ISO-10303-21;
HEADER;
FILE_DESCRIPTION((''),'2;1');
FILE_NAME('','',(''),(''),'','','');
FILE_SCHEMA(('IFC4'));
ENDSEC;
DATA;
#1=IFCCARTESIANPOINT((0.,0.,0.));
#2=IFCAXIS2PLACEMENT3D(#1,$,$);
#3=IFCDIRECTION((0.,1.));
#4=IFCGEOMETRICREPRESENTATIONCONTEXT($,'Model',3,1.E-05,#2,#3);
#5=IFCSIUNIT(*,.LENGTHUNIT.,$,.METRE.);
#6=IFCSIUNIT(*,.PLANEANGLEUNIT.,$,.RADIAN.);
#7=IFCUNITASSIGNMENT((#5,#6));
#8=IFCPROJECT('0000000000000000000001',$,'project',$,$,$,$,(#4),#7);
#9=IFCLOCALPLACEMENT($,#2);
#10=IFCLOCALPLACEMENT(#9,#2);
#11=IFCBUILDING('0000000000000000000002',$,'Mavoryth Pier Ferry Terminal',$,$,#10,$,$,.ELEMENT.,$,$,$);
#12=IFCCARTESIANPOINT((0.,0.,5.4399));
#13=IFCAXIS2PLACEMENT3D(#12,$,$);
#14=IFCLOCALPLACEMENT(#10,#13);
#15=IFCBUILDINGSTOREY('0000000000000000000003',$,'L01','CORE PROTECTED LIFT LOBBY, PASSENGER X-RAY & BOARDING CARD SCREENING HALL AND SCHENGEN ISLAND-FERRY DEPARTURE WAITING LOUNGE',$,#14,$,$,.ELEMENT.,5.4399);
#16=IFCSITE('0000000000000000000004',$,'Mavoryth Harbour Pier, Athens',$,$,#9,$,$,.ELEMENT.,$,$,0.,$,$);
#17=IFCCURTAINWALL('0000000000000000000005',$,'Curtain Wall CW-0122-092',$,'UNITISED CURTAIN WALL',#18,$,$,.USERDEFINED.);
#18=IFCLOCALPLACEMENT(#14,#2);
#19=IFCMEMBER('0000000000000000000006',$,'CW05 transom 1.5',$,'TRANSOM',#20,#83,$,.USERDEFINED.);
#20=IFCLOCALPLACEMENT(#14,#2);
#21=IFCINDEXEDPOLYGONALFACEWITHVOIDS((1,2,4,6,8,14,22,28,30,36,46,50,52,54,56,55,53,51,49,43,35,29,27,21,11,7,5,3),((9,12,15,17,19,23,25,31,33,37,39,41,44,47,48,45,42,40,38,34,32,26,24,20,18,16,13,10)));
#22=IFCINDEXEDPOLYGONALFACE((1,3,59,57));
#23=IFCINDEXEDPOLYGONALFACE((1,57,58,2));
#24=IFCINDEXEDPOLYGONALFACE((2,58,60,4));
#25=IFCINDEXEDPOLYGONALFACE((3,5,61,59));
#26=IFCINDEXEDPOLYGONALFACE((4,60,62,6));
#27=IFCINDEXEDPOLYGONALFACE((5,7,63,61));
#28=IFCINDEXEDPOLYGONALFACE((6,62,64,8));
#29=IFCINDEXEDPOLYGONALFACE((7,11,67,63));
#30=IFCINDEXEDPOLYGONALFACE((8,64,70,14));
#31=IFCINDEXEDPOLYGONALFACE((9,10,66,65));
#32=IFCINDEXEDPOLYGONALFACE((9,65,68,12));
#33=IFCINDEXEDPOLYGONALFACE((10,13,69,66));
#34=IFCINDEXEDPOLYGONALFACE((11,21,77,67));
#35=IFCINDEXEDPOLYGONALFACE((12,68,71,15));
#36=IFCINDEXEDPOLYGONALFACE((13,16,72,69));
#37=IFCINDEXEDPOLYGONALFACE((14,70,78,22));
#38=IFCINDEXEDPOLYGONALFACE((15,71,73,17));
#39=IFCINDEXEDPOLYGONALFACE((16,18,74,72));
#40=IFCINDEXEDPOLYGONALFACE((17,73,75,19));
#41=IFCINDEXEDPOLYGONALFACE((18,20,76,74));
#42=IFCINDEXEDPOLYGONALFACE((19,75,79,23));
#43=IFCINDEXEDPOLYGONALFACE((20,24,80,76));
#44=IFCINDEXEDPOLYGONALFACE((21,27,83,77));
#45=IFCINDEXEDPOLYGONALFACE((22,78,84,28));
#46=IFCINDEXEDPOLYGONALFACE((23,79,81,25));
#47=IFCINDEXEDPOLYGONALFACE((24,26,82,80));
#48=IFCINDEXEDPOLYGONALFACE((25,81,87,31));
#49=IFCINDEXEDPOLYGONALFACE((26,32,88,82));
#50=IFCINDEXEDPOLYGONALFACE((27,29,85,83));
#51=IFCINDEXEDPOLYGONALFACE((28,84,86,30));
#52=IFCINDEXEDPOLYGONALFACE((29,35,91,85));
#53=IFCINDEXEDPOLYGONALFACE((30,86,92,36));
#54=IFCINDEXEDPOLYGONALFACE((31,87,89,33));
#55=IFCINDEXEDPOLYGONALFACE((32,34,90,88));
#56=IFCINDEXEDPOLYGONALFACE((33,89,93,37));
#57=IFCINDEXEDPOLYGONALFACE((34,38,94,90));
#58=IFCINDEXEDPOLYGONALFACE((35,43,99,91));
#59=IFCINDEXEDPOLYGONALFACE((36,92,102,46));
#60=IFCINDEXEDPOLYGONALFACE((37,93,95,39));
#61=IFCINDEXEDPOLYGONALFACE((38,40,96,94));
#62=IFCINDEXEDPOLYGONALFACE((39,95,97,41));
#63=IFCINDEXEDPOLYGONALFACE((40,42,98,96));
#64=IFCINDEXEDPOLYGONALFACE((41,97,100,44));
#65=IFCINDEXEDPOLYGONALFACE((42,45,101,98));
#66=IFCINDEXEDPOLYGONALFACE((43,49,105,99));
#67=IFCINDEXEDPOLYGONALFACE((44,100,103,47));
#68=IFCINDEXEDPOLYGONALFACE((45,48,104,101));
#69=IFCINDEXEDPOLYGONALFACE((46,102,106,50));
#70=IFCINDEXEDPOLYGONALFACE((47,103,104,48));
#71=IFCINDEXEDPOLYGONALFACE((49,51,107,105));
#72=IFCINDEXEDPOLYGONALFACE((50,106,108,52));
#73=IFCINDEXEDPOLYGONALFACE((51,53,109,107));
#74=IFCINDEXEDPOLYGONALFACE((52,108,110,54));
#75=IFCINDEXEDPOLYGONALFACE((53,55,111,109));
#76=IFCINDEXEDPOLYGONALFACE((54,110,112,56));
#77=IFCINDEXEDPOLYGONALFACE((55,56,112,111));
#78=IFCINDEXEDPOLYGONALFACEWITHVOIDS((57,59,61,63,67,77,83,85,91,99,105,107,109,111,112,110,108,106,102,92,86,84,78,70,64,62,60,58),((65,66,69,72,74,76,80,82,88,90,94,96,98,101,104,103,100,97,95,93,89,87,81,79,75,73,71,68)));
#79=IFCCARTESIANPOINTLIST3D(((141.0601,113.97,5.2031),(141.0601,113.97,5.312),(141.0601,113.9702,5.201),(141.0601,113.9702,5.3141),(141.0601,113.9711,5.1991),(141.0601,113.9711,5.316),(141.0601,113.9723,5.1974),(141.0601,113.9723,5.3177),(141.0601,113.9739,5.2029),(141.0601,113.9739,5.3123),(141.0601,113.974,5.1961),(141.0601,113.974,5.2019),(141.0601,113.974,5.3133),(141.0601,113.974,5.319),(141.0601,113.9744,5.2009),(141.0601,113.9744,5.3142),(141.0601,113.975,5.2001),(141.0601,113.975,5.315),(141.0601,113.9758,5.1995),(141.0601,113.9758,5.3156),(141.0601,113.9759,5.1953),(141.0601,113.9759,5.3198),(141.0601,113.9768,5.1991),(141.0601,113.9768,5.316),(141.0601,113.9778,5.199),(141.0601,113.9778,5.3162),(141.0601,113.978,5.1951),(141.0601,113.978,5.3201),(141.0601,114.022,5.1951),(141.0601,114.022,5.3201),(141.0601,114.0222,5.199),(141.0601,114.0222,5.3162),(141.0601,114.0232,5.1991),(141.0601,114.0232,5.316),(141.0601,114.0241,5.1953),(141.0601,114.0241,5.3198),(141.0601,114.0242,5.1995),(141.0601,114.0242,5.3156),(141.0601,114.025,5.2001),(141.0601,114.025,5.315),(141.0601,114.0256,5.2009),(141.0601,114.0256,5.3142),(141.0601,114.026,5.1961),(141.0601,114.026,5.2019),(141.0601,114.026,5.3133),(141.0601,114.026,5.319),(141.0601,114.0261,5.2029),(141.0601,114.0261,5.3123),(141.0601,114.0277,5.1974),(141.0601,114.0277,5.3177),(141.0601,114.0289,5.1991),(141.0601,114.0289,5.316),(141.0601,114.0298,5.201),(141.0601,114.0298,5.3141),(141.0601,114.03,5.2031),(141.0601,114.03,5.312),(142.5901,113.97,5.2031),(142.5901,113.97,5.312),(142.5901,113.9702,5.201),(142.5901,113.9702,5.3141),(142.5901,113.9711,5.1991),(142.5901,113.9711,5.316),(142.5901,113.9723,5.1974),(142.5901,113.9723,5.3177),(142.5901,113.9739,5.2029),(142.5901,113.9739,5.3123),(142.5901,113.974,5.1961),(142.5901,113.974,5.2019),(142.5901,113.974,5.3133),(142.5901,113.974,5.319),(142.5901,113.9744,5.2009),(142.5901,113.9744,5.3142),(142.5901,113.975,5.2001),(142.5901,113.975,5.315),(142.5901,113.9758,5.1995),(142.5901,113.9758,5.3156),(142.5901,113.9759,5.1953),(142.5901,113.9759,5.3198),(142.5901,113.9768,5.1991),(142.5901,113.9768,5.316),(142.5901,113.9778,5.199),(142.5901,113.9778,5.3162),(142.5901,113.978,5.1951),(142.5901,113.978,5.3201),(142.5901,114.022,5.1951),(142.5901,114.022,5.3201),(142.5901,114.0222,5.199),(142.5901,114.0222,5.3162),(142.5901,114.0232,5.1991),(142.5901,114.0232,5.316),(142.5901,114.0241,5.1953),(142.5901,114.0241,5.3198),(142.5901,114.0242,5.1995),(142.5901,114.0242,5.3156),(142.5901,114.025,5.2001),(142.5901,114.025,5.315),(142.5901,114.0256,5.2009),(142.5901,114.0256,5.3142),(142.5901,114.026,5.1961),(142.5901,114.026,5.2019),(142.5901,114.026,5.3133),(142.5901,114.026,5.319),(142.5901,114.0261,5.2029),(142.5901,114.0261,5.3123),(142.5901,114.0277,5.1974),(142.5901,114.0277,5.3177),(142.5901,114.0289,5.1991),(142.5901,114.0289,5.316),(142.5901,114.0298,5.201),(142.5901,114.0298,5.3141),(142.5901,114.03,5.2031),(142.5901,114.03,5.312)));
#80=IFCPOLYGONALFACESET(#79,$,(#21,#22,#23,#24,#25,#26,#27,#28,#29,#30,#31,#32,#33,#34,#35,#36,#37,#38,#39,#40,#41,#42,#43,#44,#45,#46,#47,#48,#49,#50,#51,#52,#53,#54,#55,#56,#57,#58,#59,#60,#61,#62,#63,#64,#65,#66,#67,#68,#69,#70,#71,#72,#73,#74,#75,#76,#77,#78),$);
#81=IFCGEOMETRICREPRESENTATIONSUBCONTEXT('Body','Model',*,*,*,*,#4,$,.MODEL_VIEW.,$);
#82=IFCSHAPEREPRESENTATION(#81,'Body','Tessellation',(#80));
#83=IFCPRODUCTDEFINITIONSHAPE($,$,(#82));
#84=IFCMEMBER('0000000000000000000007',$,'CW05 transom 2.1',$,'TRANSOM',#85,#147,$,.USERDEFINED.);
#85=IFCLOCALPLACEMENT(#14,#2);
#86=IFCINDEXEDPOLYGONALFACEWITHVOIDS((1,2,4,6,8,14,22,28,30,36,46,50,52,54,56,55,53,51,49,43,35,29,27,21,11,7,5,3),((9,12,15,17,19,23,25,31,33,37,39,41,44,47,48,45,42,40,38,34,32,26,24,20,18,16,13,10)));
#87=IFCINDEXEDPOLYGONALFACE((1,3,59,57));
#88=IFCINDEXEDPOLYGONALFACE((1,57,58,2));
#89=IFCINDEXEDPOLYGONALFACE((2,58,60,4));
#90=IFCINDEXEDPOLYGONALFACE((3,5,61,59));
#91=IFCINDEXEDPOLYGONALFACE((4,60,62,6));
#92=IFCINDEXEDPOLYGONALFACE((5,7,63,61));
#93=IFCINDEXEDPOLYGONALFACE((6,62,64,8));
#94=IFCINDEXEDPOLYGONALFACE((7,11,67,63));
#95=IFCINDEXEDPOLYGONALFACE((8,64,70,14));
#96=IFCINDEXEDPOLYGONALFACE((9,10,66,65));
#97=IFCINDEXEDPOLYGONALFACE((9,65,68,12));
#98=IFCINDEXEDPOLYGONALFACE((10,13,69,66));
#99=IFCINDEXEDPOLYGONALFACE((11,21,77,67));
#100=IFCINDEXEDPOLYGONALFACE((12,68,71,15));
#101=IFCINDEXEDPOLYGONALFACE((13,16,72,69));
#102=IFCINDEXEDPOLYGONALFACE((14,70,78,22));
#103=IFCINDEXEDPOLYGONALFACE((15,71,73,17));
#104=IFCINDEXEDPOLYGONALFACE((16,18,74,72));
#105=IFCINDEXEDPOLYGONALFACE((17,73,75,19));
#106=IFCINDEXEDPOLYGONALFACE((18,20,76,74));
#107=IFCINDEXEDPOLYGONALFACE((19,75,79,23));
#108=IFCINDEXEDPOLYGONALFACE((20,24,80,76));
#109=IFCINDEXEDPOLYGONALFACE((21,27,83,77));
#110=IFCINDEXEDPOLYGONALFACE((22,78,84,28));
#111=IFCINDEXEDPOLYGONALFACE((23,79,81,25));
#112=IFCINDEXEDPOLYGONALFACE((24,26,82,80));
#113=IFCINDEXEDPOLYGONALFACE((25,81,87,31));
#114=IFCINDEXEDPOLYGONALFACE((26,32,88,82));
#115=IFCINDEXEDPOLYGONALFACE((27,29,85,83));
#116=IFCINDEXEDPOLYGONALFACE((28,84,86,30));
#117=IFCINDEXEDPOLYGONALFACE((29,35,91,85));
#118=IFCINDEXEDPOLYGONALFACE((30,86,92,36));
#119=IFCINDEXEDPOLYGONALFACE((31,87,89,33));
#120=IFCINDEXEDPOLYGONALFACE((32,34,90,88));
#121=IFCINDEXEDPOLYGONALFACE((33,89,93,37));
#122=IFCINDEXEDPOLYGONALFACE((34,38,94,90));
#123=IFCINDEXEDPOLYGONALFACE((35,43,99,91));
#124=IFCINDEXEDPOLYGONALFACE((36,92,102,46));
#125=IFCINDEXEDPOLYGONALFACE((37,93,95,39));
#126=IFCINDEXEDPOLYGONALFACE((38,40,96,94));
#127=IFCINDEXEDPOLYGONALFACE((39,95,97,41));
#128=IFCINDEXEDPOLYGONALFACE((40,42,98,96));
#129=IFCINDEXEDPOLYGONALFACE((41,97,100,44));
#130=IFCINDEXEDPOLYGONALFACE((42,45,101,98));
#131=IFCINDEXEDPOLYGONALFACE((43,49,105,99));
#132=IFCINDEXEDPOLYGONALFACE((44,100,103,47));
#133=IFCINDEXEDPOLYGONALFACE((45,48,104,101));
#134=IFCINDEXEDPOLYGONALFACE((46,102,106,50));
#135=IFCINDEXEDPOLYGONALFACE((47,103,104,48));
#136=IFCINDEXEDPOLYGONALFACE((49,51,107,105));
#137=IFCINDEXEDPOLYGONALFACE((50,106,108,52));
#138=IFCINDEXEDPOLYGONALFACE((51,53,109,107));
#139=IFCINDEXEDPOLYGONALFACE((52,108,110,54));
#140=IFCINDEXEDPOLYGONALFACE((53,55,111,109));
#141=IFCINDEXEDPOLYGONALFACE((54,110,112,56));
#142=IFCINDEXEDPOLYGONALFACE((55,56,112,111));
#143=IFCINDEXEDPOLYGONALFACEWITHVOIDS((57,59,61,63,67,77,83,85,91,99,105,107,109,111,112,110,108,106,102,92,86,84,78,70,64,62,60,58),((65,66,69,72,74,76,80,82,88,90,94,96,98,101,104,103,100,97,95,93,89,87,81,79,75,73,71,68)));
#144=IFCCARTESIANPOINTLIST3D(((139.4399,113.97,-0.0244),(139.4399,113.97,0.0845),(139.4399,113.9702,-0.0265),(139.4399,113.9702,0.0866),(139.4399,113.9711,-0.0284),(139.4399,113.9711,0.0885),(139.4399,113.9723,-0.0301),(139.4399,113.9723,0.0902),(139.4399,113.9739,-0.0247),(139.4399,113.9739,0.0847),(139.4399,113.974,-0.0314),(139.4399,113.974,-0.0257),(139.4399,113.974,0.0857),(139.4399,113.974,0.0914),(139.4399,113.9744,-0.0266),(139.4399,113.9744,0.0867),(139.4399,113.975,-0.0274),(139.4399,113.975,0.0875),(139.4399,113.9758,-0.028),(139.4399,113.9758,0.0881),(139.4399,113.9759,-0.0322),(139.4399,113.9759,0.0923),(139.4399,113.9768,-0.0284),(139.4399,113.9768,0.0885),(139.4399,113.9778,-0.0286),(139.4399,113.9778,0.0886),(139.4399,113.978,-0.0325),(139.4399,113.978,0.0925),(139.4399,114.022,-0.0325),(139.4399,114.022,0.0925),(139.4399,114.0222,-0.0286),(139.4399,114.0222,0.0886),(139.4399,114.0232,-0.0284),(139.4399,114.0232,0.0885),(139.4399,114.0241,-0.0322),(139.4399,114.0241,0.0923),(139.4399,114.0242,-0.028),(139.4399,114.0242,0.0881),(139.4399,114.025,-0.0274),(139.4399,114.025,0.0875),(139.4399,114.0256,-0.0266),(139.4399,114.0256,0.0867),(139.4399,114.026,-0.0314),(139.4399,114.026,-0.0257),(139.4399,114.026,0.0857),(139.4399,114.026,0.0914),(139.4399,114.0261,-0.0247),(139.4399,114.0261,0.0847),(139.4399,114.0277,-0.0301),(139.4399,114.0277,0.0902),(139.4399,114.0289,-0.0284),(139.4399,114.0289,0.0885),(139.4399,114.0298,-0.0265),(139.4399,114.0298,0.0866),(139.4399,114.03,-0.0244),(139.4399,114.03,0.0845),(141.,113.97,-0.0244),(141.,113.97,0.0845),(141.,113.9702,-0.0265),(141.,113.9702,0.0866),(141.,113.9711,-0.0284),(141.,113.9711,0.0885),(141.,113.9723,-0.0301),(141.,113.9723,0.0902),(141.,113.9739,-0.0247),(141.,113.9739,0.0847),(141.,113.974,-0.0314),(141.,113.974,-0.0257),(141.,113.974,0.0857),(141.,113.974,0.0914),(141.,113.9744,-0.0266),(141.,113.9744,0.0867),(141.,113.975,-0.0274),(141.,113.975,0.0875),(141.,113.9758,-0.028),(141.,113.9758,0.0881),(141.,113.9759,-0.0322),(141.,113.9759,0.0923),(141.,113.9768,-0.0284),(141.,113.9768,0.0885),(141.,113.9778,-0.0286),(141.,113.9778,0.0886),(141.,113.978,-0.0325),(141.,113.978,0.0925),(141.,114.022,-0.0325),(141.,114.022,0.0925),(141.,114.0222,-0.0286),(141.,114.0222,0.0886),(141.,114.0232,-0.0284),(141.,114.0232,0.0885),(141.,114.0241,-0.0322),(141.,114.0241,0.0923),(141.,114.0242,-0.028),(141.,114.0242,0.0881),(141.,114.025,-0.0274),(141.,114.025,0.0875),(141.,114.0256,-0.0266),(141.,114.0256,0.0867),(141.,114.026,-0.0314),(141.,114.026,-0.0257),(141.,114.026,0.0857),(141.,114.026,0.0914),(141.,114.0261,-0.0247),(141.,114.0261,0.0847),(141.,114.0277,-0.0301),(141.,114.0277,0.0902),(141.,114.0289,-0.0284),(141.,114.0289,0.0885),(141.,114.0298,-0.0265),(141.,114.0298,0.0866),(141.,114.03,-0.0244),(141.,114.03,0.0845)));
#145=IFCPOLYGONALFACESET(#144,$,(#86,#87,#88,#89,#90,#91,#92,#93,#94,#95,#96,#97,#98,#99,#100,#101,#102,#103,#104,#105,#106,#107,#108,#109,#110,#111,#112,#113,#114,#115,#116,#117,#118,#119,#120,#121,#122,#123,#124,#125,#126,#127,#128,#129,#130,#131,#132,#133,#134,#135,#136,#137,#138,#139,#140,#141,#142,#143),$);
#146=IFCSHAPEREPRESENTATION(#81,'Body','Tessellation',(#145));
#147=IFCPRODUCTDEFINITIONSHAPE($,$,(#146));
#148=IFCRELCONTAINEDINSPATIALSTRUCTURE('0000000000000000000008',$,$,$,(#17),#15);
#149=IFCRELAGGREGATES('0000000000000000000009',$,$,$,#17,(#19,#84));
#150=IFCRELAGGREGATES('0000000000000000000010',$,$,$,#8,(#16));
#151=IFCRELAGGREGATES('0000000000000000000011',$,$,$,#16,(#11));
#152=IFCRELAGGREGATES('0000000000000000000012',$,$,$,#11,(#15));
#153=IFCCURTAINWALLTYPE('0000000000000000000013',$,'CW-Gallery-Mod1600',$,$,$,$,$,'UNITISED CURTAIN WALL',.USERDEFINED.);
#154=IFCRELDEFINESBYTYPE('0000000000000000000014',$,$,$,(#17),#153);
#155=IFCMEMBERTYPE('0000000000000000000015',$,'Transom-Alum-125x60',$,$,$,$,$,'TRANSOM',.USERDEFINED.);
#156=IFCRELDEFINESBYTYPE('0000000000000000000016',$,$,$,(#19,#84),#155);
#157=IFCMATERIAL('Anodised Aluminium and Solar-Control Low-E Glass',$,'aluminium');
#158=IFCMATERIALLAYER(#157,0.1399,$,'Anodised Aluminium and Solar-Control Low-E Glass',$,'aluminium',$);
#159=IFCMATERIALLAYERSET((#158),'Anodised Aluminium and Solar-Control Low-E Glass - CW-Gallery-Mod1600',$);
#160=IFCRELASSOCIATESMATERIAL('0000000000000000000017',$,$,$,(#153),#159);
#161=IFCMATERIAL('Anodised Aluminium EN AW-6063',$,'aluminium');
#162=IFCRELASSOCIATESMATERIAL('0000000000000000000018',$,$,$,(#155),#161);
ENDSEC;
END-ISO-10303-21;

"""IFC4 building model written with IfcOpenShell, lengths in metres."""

from ifc_helpers import new_model, si_unit, direction, frame, origin, origin_2d, place, context, subcontext, project, spatial, hollow_rectangle, extrude, material, layer, layer_set, material_profile, profile_set, type_object, element, aggregate, save


model = new_model("IFC4")

# Units and contexts
model_context = context("Model", 3, precision=1e-05, world=origin(), true_north=direction((0.0, 1.0)))
body_context = subcontext(model_context, "Body", "Model", "MODEL_VIEW")
ifc_project = project(units=[si_unit("LENGTHUNIT", "METRE"), si_unit("PLANEANGLEUNIT", "RADIAN")], contexts=[model_context])

# Site, building, storey
site_placement = place(None, origin())
site = spatial("IfcSite", under=ifc_project, at=site_placement, Name="Mavoryth Harbour Pier, Athens", CompositionType="ELEMENT", RefElevation=0.0)
building_placement = place(site_placement, origin())
building = spatial("IfcBuilding", under=site, at=building_placement, Name="Mavoryth Pier Ferry Terminal", CompositionType="ELEMENT")
storey_placement = place(building_placement, frame((0.0, 0.0, 5.4399)))
storey = spatial("IfcBuildingStorey", under=building, at=storey_placement, Name="L01", Description="CORE PROTECTED LIFT LOBBY, PASSENGER X-RAY & BOARDING CARD SCREENING HALL AND SCHENGEN ISLAND-FERRY DEPARTURE WAITING LOUNGE", CompositionType="ELEMENT", Elevation=5.4399)

# Curtain wall, members
ifc_material_1 = material(Name="Anodised Aluminium and Solar-Control Low-E Glass", Category="aluminium")
ifc_layer_1 = layer(ifc_material_1, 0.1399, Name="Anodised Aluminium and Solar-Control Low-E Glass", Category="aluminium")
ifc_layer_set_1 = layer_set([ifc_layer_1], Name="Anodised Aluminium and Solar-Control Low-E Glass - CW-Gallery-Mod1600")
curtain_wall_type = type_object("IfcCurtainWallType", Name="CW-Gallery-Mod1600", ElementType="UNITISED CURTAIN WALL", PredefinedType="USERDEFINED", material=ifc_layer_set_1)
curtain_wall_placement = place(storey_placement, origin())
curtain_wall = element("IfcCurtainWall", 1, at=curtain_wall_placement, inside=storey, type_object=curtain_wall_type, Name="Curtain Wall CW-0122-092", ObjectType="UNITISED CURTAIN WALL", PredefinedType="USERDEFINED")
ifc_material_2 = material(Name="Anodised Aluminium EN AW-6063", Category="aluminium")
ifc_material_profile_1 = material_profile(ifc_material_2, hollow_rectangle(XDim=0.0601, YDim=0.125, WallThickness=0.0039, InnerFilletRadius=0.0039, OuterFilletRadius=0.0081, at=origin_2d()), Name="AL-TRAN 125x60x4", Category="aluminium")
ifc_profile_set_1 = profile_set([ifc_material_profile_1], Name="Anodised Aluminium EN AW-6063 - AL-TRAN 125x60x4")
member_type_1 = type_object("IfcMemberType", Name="Transom-Alum-125x60", ElementType="TRANSOM", PredefinedType="USERDEFINED", material=ifc_profile_set_1)
member_1_placement = place(storey_placement, frame((142.5901, 114.0, 5.2576), z_axis=(-1.0, 0.0, 0.0), x_axis=(0.0, -1.0, 0.0)))
member_1 = element("IfcMember", 2, at=member_1_placement, type_object=member_type_1, Name="CW05 transom 1.5", ObjectType="TRANSOM", PredefinedType="USERDEFINED", context=body_context, shape_type="SweptSolid", body=[
    extrude(hollow_rectangle(XDim=0.0601, YDim=0.125, WallThickness=0.0039, InnerFilletRadius=0.0039, OuterFilletRadius=0.0081, at=origin_2d()), origin(), (0.0, 0.0, 1.0), 1.53),
])
member_2_placement = place(storey_placement, frame((141.0, 114.0, 0.03), z_axis=(-1.0, 0.0, 0.0), x_axis=(0.0, -1.0, 0.0)))
member_2 = element("IfcMember", 3, at=member_2_placement, type_object=member_type_1, Name="CW05 transom 2.1", ObjectType="TRANSOM", PredefinedType="USERDEFINED", context=body_context, shape_type="SweptSolid", body=[
    extrude(hollow_rectangle(XDim=0.0601, YDim=0.125, WallThickness=0.0039, InnerFilletRadius=0.0039, OuterFilletRadius=0.0081, at=origin_2d()), origin(), (0.0, 0.0, 1.0), 1.5601),
])
aggregate(curtain_wall, [member_1, member_2])

save(model, "model.ifc")
